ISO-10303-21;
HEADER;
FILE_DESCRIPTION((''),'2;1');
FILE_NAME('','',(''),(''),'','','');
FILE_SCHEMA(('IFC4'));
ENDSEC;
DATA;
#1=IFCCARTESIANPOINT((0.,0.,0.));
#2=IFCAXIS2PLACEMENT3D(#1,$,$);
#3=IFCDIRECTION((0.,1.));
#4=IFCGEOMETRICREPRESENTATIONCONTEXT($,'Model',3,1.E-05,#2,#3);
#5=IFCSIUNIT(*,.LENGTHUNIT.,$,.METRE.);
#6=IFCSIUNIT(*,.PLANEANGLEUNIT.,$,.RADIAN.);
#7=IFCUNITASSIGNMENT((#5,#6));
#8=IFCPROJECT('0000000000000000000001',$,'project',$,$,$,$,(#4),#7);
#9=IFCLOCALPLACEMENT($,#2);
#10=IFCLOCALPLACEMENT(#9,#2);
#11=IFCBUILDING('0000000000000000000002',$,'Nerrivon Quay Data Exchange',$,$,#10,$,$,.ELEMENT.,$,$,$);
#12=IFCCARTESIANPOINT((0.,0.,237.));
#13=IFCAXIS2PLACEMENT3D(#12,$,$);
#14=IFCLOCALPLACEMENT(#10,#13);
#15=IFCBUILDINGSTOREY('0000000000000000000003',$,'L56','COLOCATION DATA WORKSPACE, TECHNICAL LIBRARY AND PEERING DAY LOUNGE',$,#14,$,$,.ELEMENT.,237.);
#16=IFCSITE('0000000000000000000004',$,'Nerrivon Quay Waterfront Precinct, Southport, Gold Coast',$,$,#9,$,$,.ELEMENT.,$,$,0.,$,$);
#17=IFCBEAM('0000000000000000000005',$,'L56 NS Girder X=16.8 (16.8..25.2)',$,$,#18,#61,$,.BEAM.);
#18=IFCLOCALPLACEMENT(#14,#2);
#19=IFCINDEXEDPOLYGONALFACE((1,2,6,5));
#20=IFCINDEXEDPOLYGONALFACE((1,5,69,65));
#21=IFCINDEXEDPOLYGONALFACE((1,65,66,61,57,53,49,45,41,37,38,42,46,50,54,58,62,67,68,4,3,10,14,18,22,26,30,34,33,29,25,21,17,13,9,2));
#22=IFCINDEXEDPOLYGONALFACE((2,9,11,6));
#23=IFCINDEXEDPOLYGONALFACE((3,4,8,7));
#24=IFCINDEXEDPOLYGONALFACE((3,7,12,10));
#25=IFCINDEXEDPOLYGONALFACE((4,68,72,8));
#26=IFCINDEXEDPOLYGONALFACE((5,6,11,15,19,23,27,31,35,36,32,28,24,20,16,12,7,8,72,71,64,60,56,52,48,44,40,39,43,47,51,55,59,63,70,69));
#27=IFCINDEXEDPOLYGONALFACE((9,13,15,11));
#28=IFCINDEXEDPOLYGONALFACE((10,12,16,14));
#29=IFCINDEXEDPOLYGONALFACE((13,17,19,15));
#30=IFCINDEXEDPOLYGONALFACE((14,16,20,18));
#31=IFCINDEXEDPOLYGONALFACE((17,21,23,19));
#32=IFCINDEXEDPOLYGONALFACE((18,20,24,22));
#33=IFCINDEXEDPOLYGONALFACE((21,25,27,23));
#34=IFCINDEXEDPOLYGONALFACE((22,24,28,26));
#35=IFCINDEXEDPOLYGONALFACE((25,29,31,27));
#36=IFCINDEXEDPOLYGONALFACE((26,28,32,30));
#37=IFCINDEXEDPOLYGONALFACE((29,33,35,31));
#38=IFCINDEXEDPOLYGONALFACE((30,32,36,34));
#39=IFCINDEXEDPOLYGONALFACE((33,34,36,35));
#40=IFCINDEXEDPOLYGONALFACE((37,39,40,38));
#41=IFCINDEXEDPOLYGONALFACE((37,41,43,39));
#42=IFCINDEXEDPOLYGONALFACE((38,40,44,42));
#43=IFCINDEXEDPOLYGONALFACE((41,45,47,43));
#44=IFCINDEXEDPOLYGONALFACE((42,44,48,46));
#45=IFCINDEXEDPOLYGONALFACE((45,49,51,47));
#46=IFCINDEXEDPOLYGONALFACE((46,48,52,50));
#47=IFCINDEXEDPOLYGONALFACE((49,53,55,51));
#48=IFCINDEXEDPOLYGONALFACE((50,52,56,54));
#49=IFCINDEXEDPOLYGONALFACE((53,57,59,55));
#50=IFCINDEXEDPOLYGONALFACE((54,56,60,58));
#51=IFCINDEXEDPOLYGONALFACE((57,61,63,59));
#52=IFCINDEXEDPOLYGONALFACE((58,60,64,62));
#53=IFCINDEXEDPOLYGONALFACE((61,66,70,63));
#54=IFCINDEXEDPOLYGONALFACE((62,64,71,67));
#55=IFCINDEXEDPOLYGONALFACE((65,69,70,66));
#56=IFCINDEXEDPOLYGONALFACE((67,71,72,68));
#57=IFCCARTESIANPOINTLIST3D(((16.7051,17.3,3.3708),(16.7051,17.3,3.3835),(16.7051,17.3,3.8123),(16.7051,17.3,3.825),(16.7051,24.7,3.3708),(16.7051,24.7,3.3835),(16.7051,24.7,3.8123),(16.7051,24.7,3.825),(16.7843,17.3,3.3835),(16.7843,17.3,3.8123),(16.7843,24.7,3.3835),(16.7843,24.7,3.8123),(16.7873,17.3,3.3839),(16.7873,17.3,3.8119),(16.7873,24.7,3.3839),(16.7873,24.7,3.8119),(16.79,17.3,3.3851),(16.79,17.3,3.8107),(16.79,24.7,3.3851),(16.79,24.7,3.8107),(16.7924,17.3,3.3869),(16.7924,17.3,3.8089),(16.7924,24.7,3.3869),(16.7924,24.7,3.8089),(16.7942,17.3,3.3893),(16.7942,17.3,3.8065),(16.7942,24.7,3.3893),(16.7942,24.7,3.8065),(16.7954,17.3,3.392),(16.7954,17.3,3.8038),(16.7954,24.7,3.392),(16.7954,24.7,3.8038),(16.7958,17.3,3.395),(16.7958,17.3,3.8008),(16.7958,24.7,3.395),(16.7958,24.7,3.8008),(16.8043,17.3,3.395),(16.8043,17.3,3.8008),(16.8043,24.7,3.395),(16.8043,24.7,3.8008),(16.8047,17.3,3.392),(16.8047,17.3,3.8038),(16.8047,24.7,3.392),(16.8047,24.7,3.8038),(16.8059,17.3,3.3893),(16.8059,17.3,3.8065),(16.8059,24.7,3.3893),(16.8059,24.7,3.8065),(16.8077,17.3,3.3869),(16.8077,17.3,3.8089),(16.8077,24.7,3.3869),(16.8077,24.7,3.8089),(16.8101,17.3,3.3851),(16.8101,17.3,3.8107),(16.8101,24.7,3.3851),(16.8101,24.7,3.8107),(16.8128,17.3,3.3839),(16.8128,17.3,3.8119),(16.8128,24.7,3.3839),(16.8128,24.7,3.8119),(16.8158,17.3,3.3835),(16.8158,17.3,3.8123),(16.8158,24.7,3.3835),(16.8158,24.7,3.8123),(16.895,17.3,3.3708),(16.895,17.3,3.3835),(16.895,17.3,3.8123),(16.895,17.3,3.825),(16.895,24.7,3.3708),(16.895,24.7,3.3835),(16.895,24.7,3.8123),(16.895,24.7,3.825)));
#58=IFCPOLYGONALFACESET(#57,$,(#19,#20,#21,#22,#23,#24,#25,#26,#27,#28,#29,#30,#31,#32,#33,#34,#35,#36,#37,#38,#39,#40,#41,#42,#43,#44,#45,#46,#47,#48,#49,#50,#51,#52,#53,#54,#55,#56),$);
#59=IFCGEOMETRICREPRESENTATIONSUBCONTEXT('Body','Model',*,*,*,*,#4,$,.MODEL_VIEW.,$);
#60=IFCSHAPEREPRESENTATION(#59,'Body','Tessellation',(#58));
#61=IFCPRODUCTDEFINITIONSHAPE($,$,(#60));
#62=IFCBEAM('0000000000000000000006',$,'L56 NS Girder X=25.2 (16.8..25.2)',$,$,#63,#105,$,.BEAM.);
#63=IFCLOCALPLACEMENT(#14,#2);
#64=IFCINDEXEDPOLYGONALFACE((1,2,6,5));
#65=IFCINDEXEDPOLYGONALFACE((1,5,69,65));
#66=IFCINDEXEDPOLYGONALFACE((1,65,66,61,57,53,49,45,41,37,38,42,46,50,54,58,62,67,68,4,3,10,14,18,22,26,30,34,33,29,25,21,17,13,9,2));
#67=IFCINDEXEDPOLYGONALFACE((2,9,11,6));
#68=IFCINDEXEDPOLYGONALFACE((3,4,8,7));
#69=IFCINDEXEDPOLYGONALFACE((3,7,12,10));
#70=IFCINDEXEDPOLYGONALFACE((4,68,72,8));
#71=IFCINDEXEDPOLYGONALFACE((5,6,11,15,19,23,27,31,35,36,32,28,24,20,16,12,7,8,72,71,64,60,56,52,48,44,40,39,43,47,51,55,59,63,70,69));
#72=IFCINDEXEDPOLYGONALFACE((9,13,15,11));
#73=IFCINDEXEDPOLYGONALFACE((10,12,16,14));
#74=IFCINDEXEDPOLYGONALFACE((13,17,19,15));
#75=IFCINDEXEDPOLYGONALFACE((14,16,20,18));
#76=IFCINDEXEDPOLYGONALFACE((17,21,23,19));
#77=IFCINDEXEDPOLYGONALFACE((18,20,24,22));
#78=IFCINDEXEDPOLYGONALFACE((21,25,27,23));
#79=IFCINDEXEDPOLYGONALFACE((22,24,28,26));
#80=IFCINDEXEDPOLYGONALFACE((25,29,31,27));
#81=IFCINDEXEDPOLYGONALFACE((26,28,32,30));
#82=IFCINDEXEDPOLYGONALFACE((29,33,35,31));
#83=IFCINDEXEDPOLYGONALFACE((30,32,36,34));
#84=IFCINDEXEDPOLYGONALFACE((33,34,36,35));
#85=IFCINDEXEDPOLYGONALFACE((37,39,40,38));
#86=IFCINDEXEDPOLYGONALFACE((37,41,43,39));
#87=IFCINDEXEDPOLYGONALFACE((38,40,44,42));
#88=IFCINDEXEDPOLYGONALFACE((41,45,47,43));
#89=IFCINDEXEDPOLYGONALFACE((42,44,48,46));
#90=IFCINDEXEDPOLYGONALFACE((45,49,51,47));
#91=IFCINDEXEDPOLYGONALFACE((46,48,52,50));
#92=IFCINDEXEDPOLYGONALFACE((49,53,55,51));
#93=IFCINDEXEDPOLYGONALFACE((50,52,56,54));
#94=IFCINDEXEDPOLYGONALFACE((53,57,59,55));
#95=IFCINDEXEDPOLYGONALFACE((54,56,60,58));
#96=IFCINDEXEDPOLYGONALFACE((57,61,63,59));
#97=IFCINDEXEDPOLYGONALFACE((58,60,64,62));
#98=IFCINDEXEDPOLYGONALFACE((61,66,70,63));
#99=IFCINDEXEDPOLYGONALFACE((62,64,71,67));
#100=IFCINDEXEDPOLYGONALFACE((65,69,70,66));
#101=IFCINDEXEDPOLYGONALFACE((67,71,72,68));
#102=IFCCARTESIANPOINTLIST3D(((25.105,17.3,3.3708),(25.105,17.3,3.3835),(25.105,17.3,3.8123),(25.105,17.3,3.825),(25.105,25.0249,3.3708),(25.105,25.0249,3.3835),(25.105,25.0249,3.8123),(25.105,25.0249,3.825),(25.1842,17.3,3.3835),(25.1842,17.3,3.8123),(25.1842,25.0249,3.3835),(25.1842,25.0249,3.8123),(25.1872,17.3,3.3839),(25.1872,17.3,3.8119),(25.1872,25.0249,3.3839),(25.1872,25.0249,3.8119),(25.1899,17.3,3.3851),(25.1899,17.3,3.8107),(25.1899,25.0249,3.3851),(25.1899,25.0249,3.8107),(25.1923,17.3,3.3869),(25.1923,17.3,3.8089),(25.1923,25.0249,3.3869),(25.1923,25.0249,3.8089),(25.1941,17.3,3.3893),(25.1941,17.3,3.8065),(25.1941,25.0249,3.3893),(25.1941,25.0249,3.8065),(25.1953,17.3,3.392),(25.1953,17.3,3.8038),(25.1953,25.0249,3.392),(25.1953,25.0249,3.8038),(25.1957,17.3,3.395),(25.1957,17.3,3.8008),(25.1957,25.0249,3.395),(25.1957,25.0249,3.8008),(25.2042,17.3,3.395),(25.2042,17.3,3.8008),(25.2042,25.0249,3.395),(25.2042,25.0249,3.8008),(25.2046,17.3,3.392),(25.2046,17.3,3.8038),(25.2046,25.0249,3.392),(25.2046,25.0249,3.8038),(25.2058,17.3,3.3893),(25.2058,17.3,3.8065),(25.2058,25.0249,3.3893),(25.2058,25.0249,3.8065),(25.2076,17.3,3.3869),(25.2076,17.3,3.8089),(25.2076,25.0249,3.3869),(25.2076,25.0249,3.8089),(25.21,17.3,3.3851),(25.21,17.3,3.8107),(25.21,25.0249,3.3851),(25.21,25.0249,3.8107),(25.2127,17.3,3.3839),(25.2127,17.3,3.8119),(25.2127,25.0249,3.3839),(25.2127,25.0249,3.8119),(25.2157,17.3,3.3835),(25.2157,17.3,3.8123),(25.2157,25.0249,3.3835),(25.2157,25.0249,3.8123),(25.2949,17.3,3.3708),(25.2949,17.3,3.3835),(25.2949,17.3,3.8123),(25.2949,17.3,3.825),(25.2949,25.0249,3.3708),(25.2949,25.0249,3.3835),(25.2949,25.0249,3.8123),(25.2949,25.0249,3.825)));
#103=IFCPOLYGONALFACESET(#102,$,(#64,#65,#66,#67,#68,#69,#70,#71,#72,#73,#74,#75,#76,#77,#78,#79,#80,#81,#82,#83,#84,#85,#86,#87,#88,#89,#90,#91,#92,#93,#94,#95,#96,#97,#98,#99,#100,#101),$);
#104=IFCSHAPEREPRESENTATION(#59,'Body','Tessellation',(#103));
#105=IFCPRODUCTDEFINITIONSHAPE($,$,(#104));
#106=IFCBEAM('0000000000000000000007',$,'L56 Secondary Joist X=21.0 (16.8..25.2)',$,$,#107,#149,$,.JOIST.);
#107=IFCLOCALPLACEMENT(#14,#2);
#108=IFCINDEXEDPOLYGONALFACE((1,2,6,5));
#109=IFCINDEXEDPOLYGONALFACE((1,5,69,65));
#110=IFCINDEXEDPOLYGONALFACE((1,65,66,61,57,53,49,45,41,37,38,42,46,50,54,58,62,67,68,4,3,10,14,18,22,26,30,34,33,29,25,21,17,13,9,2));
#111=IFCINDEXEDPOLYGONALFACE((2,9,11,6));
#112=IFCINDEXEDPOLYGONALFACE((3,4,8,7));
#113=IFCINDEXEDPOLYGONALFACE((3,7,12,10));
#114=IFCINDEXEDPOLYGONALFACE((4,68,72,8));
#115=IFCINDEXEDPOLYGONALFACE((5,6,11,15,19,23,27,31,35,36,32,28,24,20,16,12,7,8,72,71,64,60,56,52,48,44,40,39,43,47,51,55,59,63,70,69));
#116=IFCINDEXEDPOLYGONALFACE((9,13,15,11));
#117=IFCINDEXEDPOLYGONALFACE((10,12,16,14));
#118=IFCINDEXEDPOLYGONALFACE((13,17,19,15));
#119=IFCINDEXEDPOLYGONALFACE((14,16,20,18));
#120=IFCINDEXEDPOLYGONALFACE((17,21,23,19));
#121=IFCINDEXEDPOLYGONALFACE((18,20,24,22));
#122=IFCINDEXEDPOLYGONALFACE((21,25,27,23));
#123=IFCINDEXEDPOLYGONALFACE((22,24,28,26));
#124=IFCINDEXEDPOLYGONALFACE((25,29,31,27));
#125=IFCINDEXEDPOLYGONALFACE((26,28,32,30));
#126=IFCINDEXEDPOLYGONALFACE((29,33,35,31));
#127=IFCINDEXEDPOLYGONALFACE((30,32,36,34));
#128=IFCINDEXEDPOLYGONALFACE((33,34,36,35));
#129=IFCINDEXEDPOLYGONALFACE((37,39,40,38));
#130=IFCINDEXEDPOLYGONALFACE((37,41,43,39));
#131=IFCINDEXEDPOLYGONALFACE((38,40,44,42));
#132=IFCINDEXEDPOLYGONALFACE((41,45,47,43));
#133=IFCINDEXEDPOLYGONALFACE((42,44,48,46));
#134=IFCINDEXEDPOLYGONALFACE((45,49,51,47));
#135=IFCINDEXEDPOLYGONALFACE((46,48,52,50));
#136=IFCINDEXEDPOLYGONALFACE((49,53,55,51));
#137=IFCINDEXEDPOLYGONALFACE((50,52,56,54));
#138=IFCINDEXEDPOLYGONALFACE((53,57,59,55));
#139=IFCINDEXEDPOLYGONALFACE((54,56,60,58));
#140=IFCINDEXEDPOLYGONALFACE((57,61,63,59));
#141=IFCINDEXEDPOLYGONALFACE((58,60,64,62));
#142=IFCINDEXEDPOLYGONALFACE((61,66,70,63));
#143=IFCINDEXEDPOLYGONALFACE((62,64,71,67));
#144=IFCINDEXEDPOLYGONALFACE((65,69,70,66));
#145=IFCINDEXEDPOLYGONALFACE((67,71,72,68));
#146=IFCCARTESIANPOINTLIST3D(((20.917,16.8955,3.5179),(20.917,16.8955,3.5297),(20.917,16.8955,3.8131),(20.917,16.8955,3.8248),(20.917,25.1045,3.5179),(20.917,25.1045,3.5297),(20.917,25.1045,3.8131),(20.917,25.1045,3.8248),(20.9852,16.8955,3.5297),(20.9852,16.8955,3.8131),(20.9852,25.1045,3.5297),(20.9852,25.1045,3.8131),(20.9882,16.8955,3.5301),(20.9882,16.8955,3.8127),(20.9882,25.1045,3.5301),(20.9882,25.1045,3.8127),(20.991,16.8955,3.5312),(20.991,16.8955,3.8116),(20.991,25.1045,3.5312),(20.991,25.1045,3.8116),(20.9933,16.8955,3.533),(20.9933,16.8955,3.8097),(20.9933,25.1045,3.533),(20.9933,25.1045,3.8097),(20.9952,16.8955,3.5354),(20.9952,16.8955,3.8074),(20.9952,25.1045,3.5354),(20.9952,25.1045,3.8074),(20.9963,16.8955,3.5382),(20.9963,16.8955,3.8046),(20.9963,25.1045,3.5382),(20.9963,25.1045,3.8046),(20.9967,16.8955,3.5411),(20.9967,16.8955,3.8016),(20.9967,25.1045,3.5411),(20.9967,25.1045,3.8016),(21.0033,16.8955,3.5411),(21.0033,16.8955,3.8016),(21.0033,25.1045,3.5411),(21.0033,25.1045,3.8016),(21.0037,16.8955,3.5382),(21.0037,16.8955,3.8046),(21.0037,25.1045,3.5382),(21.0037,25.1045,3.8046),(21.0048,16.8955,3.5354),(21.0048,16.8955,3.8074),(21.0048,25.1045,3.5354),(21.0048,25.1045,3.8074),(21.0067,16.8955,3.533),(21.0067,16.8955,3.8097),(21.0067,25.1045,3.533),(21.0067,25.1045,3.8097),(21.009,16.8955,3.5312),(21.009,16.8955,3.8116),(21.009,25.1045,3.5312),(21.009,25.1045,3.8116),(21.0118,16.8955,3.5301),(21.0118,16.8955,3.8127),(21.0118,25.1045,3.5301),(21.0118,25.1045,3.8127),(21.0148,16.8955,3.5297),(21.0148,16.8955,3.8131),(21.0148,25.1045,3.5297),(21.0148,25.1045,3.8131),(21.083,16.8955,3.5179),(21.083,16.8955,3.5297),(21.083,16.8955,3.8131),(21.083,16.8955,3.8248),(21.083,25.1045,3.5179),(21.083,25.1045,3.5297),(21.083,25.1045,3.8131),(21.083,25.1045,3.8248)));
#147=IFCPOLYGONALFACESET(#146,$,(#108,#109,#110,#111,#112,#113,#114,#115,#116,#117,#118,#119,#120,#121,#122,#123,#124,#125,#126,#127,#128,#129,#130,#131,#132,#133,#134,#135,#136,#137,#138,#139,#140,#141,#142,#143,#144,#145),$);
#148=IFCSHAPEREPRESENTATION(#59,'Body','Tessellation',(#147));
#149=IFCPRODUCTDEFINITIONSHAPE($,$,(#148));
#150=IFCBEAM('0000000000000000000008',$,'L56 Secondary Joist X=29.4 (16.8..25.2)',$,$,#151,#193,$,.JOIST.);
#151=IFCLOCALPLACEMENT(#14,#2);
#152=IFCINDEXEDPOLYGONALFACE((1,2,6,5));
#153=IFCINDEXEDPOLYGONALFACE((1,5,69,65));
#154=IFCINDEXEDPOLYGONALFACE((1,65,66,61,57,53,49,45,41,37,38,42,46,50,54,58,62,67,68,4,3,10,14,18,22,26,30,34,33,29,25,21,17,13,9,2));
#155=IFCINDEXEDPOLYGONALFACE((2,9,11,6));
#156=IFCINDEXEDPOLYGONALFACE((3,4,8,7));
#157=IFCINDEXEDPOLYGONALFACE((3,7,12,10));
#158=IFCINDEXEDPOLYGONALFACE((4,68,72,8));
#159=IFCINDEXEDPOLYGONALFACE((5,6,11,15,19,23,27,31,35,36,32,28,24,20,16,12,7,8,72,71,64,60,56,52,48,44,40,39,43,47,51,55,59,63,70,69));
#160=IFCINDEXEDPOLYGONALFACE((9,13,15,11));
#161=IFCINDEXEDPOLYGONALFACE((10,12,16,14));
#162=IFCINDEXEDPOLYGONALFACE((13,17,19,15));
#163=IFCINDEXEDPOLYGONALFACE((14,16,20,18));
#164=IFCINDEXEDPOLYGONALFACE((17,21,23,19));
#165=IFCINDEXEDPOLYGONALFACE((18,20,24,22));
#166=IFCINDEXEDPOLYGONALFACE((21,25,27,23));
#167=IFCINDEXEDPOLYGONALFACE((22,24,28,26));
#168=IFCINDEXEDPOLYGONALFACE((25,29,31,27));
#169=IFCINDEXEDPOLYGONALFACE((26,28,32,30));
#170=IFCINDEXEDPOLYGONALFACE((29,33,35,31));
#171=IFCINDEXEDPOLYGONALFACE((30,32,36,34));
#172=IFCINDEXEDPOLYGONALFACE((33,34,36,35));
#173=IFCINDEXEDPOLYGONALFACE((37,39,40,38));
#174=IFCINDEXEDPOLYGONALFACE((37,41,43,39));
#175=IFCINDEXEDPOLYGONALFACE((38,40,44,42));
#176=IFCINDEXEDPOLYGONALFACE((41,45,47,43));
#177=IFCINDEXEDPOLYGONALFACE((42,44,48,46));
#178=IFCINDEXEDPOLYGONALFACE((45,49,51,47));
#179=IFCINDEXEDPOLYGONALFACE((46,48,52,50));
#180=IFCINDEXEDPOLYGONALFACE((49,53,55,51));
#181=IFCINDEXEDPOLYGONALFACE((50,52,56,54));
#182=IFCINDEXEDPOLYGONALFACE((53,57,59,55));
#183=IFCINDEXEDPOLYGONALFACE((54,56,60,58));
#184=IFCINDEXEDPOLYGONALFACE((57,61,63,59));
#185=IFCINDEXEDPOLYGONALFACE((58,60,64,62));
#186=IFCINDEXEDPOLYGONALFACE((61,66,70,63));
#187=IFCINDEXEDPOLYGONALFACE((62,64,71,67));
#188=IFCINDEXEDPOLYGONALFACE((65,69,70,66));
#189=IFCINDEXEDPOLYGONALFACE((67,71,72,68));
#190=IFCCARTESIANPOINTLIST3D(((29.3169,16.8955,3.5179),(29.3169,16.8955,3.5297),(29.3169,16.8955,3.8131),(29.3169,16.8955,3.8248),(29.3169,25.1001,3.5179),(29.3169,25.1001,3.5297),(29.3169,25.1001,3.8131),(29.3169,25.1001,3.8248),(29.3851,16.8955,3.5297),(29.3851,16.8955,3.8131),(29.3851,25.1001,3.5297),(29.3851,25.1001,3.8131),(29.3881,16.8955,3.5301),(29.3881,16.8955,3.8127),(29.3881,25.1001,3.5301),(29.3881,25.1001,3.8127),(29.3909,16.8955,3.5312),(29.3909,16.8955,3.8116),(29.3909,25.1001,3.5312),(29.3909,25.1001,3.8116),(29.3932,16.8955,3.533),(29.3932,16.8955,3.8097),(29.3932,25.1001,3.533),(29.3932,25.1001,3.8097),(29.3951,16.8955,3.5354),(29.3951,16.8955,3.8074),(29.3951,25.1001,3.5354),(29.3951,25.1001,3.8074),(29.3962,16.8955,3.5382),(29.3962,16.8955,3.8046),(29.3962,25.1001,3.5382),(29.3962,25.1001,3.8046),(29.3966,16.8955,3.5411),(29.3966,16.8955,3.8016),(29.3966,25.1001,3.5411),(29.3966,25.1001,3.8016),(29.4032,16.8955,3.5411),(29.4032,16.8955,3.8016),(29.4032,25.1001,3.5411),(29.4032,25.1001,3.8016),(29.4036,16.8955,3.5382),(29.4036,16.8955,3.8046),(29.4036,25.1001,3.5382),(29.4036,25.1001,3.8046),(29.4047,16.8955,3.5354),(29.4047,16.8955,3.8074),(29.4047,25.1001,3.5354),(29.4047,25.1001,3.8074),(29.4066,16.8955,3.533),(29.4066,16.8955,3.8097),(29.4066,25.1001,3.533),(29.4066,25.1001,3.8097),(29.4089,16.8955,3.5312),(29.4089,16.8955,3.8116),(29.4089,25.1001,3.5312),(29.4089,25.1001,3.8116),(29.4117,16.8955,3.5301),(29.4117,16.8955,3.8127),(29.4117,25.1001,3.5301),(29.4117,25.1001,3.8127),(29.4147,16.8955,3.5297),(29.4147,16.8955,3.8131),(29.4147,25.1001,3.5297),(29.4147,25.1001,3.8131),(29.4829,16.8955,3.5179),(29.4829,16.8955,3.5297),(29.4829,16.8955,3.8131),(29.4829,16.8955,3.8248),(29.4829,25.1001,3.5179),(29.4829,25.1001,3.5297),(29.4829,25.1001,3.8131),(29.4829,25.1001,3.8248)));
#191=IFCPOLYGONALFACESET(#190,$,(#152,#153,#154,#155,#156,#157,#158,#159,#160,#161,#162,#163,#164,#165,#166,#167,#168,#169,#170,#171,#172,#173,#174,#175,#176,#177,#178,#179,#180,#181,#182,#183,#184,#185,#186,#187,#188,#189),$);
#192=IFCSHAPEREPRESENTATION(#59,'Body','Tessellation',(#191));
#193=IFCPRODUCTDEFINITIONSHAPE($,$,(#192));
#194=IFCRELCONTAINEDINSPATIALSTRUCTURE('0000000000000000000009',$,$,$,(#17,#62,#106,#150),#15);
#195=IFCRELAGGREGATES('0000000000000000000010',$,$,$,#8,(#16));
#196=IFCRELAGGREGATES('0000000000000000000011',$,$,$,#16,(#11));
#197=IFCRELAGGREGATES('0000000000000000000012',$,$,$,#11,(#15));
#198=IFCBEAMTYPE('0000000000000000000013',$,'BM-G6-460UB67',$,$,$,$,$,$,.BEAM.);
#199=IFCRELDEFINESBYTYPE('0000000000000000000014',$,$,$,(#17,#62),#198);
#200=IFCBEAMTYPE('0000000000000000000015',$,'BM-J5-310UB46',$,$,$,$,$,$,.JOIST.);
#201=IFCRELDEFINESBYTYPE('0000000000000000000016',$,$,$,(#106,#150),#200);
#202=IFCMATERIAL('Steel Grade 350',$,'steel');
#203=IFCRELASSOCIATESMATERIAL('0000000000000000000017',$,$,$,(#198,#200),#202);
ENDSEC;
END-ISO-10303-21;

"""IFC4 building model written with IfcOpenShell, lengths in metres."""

from ifc_helpers import new_model, si_unit, direction, frame, origin, origin_2d, place, context, subcontext, project, spatial, i_section, extrude, material, material_profile, profile_set, type_object, element, save


model = new_model("IFC4")

# Units and contexts
model_context = context("Model", 3, precision=1e-05, world=origin(), true_north=direction((0.0, 1.0)))
body_context = subcontext(model_context, "Body", "Model", "MODEL_VIEW")
ifc_project = project(units=[si_unit("LENGTHUNIT", "METRE"), si_unit("PLANEANGLEUNIT", "RADIAN")], contexts=[model_context])

# Site, building, storey
site_placement = place(None, origin())
site = spatial("IfcSite", under=ifc_project, at=site_placement, Name="Nerrivon Quay Waterfront Precinct, Southport, Gold Coast", CompositionType="ELEMENT", RefElevation=0.0)
building_placement = place(site_placement, origin())
building = spatial("IfcBuilding", under=site, at=building_placement, Name="Nerrivon Quay Data Exchange", CompositionType="ELEMENT")
storey_placement = place(building_placement, frame((0.0, 0.0, 237.0)))
storey = spatial("IfcBuildingStorey", under=building, at=storey_placement, Name="L56", Description="COLOCATION DATA WORKSPACE, TECHNICAL LIBRARY AND PEERING DAY LOUNGE", CompositionType="ELEMENT", Elevation=237.0)

# Shared definitions
ifc_material_1 = material(Name="Steel Grade 350", Category="steel")

# Beams
ifc_material_profile_1 = material_profile(ifc_material_1, i_section(OverallWidth=0.1899, OverallDepth=0.4541, WebThickness=0.0085, FlangeThickness=0.0127, FilletRadius=0.0115, at=origin_2d()), Name="460UB67.1")
ifc_profile_set_1 = profile_set([ifc_material_profile_1], Name="Steel Grade 350")
beam_type_1 = type_object("IfcBeamType", Name="BM-G6-460UB67", PredefinedType="BEAM", material=ifc_profile_set_1)
beam_1_placement = place(storey_placement, frame((16.8, 17.3, 3.5979), z_axis=(0.0, 1.0, 0.0), x_axis=(-1.0, 0.0, 0.0)))
element("IfcBeam", 1, at=beam_1_placement, inside=storey, type_object=beam_type_1, Name="L56 NS Girder X=16.8 (16.8..25.2)", PredefinedType="BEAM", context=body_context, shape_type="SweptSolid", body=[
    extrude(i_section(OverallWidth=0.1899, OverallDepth=0.4541, WebThickness=0.0085, FlangeThickness=0.0127, FilletRadius=0.0115, at=origin_2d()), origin(), (0.0, 0.0, 1.0), 7.3999),
])
beam_2_placement = place(storey_placement, frame((25.2, 17.3, 3.5979), z_axis=(0.0, 1.0, 0.0), x_axis=(-1.0, 0.0, 0.0)))
element("IfcBeam", 2, at=beam_2_placement, inside=storey, type_object=beam_type_1, Name="L56 NS Girder X=25.2 (16.8..25.2)", PredefinedType="BEAM", context=body_context, shape_type="SweptSolid", body=[
    extrude(i_section(OverallWidth=0.1899, OverallDepth=0.4541, WebThickness=0.0085, FlangeThickness=0.0127, FilletRadius=0.0115, at=origin_2d()), origin(), (0.0, 0.0, 1.0), 7.7249),
])
ifc_material_profile_2 = material_profile(ifc_material_1, i_section(OverallWidth=0.166, OverallDepth=0.3069, WebThickness=0.0066, FlangeThickness=0.0117, FilletRadius=0.0115, at=origin_2d()), Name="310UB46.2")
ifc_profile_set_2 = profile_set([ifc_material_profile_2], Name="Steel Grade 350")
beam_type_2 = type_object("IfcBeamType", Name="BM-J5-310UB46", PredefinedType="JOIST", material=ifc_profile_set_2)
beam_3_placement = place(storey_placement, frame((21.0, 16.8955, 3.6714), z_axis=(0.0, 1.0, 0.0), x_axis=(-1.0, 0.0, 0.0)))
element("IfcBeam", 3, at=beam_3_placement, inside=storey, type_object=beam_type_2, Name="L56 Secondary Joist X=21.0 (16.8..25.2)", PredefinedType="JOIST", context=body_context, shape_type="SweptSolid", body=[
    extrude(i_section(OverallWidth=0.166, OverallDepth=0.3069, WebThickness=0.0066, FlangeThickness=0.0117, FilletRadius=0.0115, at=origin_2d()), origin(), (0.0, 0.0, 1.0), 8.209),
])
beam_4_placement = place(storey_placement, frame((29.3999, 16.8955, 3.6714), z_axis=(0.0, 1.0, 0.0), x_axis=(-1.0, 0.0, 0.0)))
element("IfcBeam", 4, at=beam_4_placement, inside=storey, type_object=beam_type_2, Name="L56 Secondary Joist X=29.4 (16.8..25.2)", PredefinedType="JOIST", context=body_context, shape_type="SweptSolid", body=[
    extrude(i_section(OverallWidth=0.166, OverallDepth=0.3069, WebThickness=0.0066, FlangeThickness=0.0117, FilletRadius=0.0115, at=origin_2d()), origin(), (0.0, 0.0, 1.0), 8.2046),
])

save(model, "model.ifc")
